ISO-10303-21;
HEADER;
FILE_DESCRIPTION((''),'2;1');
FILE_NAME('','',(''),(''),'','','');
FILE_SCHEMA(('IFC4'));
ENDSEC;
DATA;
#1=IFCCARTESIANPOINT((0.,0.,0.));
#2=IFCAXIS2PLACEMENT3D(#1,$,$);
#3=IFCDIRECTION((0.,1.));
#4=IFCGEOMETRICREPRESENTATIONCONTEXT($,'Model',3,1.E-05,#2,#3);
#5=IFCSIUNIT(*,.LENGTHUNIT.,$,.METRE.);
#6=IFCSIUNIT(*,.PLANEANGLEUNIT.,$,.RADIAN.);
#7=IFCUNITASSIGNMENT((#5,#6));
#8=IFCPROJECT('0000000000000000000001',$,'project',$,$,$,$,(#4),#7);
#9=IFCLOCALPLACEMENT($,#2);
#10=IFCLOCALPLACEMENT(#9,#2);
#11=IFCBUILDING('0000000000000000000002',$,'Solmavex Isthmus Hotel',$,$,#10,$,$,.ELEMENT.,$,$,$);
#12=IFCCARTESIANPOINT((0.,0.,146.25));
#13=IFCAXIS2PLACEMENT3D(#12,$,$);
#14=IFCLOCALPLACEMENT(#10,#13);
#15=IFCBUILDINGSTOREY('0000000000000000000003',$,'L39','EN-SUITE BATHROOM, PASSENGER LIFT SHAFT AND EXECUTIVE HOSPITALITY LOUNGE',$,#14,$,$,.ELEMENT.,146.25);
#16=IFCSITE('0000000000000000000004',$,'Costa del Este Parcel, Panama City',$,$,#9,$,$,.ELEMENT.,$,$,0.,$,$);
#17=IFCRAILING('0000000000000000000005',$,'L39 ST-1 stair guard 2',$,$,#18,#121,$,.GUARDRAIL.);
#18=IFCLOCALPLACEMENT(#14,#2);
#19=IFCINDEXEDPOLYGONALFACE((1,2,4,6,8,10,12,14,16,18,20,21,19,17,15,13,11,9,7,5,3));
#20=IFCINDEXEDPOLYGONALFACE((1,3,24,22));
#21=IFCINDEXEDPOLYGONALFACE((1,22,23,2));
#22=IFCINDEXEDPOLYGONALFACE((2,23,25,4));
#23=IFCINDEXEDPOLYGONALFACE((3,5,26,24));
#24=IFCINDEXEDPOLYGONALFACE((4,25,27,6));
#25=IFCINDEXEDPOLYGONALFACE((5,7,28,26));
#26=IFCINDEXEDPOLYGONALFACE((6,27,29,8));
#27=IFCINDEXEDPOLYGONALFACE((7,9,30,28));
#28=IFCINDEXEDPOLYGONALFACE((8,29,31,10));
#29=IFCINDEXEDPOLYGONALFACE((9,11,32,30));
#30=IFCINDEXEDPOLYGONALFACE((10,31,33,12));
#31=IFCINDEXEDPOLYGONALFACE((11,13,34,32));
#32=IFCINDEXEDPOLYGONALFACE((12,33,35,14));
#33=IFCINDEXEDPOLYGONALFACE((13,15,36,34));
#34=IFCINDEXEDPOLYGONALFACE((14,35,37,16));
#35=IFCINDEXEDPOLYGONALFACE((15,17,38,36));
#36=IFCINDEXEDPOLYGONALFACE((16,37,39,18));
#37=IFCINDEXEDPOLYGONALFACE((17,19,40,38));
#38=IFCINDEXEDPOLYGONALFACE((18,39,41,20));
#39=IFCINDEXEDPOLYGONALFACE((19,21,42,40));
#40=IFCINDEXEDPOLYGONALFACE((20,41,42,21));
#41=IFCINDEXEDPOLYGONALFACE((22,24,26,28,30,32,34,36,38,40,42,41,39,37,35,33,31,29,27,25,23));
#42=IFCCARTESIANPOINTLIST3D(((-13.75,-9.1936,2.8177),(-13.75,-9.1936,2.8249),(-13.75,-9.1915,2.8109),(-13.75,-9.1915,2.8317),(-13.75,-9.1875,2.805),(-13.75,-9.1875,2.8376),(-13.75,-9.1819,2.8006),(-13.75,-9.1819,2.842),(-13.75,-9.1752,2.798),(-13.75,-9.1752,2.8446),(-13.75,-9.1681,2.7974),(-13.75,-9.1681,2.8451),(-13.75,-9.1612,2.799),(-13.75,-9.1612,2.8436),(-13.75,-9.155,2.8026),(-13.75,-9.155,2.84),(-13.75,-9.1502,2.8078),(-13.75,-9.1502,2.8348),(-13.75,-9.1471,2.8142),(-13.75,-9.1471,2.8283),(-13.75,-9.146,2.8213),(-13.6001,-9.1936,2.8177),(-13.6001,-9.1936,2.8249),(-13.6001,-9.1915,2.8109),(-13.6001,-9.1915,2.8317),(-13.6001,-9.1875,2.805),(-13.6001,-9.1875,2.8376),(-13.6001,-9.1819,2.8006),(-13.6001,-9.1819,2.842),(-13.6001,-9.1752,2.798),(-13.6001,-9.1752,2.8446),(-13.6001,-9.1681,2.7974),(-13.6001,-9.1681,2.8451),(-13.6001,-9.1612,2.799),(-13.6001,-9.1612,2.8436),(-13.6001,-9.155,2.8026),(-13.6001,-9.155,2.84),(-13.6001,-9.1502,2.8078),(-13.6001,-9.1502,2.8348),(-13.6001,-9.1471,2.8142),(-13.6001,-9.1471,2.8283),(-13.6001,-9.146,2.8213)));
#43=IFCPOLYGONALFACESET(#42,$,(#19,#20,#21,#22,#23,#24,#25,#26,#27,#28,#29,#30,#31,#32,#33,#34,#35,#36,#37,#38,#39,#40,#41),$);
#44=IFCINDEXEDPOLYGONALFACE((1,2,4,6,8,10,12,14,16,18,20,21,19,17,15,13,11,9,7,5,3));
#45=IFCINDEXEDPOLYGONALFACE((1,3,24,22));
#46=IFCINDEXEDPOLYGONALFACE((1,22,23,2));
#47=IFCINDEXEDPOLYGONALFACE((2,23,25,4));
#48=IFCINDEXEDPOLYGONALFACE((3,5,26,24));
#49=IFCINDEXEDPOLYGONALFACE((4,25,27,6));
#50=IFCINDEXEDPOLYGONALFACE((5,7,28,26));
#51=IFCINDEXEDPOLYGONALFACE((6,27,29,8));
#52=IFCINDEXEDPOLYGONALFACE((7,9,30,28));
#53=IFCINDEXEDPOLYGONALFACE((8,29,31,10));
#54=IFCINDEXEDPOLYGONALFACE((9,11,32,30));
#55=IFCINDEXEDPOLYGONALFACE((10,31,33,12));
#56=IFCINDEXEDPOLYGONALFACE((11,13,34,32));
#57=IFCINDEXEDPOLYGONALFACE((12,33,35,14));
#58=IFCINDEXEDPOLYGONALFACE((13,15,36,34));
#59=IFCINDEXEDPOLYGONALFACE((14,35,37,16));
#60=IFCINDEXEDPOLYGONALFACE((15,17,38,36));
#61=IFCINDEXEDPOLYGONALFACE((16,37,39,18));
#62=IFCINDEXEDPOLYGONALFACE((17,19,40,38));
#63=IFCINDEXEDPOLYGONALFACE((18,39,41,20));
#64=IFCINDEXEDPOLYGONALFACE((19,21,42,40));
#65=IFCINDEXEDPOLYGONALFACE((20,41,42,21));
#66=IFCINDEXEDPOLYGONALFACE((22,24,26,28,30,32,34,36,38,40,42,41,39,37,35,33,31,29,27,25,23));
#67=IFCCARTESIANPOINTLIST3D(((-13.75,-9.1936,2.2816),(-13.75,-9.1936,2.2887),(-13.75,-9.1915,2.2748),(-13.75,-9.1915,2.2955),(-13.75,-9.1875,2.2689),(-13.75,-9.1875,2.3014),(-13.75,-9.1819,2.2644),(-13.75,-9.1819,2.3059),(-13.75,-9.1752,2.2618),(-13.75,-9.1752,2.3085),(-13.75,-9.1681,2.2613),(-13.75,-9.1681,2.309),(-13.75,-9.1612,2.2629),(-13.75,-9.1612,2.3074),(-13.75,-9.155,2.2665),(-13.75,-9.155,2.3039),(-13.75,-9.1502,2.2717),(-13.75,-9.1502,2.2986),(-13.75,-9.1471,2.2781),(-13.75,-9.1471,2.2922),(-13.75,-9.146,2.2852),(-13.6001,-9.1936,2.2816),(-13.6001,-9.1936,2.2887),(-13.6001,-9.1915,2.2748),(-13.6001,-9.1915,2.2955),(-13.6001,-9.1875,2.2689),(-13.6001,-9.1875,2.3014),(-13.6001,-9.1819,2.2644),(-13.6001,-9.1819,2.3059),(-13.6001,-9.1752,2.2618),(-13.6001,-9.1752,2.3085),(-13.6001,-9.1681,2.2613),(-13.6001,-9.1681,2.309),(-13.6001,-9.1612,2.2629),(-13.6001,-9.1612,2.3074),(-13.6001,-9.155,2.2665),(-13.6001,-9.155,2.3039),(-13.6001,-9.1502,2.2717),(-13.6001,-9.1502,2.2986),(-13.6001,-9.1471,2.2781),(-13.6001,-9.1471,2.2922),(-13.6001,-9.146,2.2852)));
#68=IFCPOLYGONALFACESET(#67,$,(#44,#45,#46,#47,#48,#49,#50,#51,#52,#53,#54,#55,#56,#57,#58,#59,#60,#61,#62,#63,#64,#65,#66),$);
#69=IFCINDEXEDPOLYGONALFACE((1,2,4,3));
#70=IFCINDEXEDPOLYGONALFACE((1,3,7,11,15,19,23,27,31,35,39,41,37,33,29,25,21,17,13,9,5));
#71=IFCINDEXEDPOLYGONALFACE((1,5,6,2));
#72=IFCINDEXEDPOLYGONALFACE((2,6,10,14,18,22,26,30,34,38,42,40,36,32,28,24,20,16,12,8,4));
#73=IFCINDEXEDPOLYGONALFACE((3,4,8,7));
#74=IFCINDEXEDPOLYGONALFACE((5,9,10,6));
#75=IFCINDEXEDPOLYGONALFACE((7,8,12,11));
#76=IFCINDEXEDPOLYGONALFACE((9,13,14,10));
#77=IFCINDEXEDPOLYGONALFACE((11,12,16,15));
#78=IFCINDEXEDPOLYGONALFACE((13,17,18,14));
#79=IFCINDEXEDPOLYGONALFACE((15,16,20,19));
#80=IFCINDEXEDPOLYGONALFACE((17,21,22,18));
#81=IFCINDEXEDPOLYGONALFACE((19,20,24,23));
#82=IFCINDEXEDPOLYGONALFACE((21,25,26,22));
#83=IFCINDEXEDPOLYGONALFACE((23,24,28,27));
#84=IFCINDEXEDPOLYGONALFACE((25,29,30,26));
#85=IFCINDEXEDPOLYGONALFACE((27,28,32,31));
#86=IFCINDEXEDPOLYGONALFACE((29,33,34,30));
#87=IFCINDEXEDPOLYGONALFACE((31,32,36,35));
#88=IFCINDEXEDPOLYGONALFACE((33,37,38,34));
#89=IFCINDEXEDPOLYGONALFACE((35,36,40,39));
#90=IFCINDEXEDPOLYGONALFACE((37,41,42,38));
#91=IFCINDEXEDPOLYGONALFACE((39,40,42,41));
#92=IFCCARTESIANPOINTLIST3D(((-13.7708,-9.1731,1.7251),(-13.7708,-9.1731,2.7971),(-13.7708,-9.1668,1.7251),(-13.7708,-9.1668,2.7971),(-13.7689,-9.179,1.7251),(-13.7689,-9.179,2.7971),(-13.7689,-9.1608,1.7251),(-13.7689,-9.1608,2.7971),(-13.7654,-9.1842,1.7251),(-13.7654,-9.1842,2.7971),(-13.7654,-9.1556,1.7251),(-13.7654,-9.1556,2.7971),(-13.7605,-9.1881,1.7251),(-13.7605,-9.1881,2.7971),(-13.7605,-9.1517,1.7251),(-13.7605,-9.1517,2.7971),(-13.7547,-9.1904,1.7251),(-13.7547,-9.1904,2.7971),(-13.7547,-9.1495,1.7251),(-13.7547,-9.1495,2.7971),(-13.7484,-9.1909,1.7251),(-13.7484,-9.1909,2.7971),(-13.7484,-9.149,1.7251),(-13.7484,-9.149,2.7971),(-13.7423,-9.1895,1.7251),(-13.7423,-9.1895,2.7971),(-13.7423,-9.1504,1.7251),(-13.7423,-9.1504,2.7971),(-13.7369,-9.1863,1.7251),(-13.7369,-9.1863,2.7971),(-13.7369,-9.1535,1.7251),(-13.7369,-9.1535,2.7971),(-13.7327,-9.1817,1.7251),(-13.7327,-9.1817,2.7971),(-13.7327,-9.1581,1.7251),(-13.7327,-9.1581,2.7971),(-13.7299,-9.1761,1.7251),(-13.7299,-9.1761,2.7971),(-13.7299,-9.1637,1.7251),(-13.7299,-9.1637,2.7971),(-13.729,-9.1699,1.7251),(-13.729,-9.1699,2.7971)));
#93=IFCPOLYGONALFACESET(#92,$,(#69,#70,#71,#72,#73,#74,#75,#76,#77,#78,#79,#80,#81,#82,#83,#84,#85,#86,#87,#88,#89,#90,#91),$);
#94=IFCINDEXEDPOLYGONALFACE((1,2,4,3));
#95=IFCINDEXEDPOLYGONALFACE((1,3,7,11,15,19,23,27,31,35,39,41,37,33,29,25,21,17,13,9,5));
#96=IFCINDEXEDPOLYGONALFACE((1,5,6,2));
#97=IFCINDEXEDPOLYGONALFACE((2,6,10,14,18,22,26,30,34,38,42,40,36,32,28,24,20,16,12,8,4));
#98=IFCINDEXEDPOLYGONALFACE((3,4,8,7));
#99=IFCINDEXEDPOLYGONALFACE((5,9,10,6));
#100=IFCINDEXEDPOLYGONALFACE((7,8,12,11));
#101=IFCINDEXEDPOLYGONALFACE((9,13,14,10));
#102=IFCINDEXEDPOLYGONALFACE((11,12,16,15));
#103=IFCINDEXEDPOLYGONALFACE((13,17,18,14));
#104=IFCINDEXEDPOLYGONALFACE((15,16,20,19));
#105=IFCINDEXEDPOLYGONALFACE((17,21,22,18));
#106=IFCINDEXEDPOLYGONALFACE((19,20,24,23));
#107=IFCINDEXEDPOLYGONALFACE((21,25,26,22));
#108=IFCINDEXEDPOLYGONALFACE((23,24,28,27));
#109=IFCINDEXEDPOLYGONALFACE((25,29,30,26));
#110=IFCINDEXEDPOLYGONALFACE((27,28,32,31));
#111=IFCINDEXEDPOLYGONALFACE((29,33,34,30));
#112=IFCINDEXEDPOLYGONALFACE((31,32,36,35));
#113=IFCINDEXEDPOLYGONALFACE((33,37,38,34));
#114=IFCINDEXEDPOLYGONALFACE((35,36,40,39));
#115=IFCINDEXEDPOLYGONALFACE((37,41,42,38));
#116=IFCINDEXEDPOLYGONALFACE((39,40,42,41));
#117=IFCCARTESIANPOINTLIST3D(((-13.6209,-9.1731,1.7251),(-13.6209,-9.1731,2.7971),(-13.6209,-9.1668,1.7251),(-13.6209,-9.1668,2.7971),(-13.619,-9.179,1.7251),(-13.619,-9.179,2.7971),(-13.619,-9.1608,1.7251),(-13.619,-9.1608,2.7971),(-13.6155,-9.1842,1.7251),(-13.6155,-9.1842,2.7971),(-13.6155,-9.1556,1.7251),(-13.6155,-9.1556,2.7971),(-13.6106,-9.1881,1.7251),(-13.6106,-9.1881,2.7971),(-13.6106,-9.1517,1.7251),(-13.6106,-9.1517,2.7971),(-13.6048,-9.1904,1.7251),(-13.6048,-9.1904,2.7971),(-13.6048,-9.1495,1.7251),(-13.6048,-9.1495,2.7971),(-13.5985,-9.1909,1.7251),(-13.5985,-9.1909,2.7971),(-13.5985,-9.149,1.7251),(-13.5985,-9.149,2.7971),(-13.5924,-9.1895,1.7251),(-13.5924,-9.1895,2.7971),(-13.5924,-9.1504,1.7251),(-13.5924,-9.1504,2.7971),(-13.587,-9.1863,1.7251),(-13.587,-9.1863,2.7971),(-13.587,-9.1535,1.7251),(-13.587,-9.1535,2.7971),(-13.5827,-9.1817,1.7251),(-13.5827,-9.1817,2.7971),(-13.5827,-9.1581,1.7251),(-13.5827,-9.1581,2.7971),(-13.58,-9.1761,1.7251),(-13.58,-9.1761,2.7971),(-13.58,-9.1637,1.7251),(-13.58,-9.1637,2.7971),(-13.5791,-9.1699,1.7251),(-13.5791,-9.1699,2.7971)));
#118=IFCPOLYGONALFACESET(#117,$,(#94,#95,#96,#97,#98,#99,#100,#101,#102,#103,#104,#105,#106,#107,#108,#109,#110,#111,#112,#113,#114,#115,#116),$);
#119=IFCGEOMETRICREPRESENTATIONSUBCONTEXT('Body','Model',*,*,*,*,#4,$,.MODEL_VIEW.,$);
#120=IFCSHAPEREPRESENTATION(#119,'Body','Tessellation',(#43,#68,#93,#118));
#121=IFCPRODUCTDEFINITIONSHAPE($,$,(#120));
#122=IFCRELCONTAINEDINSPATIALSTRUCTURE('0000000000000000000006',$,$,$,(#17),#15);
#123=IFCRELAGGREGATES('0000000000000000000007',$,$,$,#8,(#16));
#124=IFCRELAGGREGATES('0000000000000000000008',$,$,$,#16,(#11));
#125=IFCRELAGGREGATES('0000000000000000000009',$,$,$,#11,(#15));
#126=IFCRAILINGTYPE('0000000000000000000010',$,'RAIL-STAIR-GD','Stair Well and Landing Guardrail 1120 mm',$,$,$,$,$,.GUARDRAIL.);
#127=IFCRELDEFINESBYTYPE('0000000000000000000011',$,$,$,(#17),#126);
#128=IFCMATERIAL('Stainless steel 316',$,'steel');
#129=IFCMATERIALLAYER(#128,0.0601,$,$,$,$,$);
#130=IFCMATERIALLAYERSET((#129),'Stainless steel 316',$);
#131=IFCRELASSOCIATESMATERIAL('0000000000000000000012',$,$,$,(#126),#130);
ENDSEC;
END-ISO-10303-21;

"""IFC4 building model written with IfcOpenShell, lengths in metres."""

from ifc_helpers import new_model, si_unit, direction, frame, origin, origin_2d, place, context, subcontext, project, spatial, circle, extrude, material, layer, layer_set, type_object, element, save


model = new_model("IFC4")

# Units and contexts
model_context = context("Model", 3, precision=1e-05, world=origin(), true_north=direction((0.0, 1.0)))
body_context = subcontext(model_context, "Body", "Model", "MODEL_VIEW")
ifc_project = project(units=[si_unit("LENGTHUNIT", "METRE"), si_unit("PLANEANGLEUNIT", "RADIAN")], contexts=[model_context])

# Site, building, storey
site_placement = place(None, origin())
site = spatial("IfcSite", under=ifc_project, at=site_placement, Name="Costa del Este Parcel, Panama City", CompositionType="ELEMENT", RefElevation=0.0)
building_placement = place(site_placement, origin())
building = spatial("IfcBuilding", under=site, at=building_placement, Name="Solmavex Isthmus Hotel", CompositionType="ELEMENT")
storey_placement = place(building_placement, frame((0.0, 0.0, 146.25)))
storey = spatial("IfcBuildingStorey", under=building, at=storey_placement, Name="L39", Description="EN-SUITE BATHROOM, PASSENGER LIFT SHAFT AND EXECUTIVE HOSPITALITY LOUNGE", CompositionType="ELEMENT", Elevation=146.25)

# Railing
ifc_material_1 = material(Name="Stainless steel 316", Category="steel")
ifc_layer_1 = layer(ifc_material_1, 0.0601)
ifc_layer_set_1 = layer_set([ifc_layer_1], Name="Stainless steel 316")
railing_type = type_object("IfcRailingType", Name="RAIL-STAIR-GD", Description="Stair Well and Landing Guardrail 1120 mm", PredefinedType="GUARDRAIL", material=ifc_layer_set_1)
railing_1_placement = place(storey_placement, frame((-13.75, -9.1699, 1.7251)))
element("IfcRailing", 1, at=railing_1_placement, inside=storey, type_object=railing_type, Name="L39 ST-1 stair guard 2", PredefinedType="GUARDRAIL", context=body_context, shape_type="SweptSolid", body=[
    extrude(circle(Radius=0.0239, at=origin_2d()), frame((0.0, 0.0, 1.0962), z_axis=(1.0, 0.0, 0.0), x_axis=(0.0, 1.0, 0.0)), (0.0, 0.0, 1.0), 0.1499),
    extrude(circle(Radius=0.0239, at=origin_2d()), frame((0.0, 0.0, 0.5601), z_axis=(1.0, 0.0, 0.0), x_axis=(0.0, 1.0, 0.0)), (0.0, 0.0, 1.0), 0.1499),
    extrude(circle(Radius=0.021, at=origin_2d()), origin(), (0.0, 0.0, 1.0), 1.072),
    extrude(circle(Radius=0.021, at=origin_2d()), frame((0.1499, 0.0, 0.0)), (0.0, 0.0, 1.0), 1.072),
])

save(model, "model.ifc")
